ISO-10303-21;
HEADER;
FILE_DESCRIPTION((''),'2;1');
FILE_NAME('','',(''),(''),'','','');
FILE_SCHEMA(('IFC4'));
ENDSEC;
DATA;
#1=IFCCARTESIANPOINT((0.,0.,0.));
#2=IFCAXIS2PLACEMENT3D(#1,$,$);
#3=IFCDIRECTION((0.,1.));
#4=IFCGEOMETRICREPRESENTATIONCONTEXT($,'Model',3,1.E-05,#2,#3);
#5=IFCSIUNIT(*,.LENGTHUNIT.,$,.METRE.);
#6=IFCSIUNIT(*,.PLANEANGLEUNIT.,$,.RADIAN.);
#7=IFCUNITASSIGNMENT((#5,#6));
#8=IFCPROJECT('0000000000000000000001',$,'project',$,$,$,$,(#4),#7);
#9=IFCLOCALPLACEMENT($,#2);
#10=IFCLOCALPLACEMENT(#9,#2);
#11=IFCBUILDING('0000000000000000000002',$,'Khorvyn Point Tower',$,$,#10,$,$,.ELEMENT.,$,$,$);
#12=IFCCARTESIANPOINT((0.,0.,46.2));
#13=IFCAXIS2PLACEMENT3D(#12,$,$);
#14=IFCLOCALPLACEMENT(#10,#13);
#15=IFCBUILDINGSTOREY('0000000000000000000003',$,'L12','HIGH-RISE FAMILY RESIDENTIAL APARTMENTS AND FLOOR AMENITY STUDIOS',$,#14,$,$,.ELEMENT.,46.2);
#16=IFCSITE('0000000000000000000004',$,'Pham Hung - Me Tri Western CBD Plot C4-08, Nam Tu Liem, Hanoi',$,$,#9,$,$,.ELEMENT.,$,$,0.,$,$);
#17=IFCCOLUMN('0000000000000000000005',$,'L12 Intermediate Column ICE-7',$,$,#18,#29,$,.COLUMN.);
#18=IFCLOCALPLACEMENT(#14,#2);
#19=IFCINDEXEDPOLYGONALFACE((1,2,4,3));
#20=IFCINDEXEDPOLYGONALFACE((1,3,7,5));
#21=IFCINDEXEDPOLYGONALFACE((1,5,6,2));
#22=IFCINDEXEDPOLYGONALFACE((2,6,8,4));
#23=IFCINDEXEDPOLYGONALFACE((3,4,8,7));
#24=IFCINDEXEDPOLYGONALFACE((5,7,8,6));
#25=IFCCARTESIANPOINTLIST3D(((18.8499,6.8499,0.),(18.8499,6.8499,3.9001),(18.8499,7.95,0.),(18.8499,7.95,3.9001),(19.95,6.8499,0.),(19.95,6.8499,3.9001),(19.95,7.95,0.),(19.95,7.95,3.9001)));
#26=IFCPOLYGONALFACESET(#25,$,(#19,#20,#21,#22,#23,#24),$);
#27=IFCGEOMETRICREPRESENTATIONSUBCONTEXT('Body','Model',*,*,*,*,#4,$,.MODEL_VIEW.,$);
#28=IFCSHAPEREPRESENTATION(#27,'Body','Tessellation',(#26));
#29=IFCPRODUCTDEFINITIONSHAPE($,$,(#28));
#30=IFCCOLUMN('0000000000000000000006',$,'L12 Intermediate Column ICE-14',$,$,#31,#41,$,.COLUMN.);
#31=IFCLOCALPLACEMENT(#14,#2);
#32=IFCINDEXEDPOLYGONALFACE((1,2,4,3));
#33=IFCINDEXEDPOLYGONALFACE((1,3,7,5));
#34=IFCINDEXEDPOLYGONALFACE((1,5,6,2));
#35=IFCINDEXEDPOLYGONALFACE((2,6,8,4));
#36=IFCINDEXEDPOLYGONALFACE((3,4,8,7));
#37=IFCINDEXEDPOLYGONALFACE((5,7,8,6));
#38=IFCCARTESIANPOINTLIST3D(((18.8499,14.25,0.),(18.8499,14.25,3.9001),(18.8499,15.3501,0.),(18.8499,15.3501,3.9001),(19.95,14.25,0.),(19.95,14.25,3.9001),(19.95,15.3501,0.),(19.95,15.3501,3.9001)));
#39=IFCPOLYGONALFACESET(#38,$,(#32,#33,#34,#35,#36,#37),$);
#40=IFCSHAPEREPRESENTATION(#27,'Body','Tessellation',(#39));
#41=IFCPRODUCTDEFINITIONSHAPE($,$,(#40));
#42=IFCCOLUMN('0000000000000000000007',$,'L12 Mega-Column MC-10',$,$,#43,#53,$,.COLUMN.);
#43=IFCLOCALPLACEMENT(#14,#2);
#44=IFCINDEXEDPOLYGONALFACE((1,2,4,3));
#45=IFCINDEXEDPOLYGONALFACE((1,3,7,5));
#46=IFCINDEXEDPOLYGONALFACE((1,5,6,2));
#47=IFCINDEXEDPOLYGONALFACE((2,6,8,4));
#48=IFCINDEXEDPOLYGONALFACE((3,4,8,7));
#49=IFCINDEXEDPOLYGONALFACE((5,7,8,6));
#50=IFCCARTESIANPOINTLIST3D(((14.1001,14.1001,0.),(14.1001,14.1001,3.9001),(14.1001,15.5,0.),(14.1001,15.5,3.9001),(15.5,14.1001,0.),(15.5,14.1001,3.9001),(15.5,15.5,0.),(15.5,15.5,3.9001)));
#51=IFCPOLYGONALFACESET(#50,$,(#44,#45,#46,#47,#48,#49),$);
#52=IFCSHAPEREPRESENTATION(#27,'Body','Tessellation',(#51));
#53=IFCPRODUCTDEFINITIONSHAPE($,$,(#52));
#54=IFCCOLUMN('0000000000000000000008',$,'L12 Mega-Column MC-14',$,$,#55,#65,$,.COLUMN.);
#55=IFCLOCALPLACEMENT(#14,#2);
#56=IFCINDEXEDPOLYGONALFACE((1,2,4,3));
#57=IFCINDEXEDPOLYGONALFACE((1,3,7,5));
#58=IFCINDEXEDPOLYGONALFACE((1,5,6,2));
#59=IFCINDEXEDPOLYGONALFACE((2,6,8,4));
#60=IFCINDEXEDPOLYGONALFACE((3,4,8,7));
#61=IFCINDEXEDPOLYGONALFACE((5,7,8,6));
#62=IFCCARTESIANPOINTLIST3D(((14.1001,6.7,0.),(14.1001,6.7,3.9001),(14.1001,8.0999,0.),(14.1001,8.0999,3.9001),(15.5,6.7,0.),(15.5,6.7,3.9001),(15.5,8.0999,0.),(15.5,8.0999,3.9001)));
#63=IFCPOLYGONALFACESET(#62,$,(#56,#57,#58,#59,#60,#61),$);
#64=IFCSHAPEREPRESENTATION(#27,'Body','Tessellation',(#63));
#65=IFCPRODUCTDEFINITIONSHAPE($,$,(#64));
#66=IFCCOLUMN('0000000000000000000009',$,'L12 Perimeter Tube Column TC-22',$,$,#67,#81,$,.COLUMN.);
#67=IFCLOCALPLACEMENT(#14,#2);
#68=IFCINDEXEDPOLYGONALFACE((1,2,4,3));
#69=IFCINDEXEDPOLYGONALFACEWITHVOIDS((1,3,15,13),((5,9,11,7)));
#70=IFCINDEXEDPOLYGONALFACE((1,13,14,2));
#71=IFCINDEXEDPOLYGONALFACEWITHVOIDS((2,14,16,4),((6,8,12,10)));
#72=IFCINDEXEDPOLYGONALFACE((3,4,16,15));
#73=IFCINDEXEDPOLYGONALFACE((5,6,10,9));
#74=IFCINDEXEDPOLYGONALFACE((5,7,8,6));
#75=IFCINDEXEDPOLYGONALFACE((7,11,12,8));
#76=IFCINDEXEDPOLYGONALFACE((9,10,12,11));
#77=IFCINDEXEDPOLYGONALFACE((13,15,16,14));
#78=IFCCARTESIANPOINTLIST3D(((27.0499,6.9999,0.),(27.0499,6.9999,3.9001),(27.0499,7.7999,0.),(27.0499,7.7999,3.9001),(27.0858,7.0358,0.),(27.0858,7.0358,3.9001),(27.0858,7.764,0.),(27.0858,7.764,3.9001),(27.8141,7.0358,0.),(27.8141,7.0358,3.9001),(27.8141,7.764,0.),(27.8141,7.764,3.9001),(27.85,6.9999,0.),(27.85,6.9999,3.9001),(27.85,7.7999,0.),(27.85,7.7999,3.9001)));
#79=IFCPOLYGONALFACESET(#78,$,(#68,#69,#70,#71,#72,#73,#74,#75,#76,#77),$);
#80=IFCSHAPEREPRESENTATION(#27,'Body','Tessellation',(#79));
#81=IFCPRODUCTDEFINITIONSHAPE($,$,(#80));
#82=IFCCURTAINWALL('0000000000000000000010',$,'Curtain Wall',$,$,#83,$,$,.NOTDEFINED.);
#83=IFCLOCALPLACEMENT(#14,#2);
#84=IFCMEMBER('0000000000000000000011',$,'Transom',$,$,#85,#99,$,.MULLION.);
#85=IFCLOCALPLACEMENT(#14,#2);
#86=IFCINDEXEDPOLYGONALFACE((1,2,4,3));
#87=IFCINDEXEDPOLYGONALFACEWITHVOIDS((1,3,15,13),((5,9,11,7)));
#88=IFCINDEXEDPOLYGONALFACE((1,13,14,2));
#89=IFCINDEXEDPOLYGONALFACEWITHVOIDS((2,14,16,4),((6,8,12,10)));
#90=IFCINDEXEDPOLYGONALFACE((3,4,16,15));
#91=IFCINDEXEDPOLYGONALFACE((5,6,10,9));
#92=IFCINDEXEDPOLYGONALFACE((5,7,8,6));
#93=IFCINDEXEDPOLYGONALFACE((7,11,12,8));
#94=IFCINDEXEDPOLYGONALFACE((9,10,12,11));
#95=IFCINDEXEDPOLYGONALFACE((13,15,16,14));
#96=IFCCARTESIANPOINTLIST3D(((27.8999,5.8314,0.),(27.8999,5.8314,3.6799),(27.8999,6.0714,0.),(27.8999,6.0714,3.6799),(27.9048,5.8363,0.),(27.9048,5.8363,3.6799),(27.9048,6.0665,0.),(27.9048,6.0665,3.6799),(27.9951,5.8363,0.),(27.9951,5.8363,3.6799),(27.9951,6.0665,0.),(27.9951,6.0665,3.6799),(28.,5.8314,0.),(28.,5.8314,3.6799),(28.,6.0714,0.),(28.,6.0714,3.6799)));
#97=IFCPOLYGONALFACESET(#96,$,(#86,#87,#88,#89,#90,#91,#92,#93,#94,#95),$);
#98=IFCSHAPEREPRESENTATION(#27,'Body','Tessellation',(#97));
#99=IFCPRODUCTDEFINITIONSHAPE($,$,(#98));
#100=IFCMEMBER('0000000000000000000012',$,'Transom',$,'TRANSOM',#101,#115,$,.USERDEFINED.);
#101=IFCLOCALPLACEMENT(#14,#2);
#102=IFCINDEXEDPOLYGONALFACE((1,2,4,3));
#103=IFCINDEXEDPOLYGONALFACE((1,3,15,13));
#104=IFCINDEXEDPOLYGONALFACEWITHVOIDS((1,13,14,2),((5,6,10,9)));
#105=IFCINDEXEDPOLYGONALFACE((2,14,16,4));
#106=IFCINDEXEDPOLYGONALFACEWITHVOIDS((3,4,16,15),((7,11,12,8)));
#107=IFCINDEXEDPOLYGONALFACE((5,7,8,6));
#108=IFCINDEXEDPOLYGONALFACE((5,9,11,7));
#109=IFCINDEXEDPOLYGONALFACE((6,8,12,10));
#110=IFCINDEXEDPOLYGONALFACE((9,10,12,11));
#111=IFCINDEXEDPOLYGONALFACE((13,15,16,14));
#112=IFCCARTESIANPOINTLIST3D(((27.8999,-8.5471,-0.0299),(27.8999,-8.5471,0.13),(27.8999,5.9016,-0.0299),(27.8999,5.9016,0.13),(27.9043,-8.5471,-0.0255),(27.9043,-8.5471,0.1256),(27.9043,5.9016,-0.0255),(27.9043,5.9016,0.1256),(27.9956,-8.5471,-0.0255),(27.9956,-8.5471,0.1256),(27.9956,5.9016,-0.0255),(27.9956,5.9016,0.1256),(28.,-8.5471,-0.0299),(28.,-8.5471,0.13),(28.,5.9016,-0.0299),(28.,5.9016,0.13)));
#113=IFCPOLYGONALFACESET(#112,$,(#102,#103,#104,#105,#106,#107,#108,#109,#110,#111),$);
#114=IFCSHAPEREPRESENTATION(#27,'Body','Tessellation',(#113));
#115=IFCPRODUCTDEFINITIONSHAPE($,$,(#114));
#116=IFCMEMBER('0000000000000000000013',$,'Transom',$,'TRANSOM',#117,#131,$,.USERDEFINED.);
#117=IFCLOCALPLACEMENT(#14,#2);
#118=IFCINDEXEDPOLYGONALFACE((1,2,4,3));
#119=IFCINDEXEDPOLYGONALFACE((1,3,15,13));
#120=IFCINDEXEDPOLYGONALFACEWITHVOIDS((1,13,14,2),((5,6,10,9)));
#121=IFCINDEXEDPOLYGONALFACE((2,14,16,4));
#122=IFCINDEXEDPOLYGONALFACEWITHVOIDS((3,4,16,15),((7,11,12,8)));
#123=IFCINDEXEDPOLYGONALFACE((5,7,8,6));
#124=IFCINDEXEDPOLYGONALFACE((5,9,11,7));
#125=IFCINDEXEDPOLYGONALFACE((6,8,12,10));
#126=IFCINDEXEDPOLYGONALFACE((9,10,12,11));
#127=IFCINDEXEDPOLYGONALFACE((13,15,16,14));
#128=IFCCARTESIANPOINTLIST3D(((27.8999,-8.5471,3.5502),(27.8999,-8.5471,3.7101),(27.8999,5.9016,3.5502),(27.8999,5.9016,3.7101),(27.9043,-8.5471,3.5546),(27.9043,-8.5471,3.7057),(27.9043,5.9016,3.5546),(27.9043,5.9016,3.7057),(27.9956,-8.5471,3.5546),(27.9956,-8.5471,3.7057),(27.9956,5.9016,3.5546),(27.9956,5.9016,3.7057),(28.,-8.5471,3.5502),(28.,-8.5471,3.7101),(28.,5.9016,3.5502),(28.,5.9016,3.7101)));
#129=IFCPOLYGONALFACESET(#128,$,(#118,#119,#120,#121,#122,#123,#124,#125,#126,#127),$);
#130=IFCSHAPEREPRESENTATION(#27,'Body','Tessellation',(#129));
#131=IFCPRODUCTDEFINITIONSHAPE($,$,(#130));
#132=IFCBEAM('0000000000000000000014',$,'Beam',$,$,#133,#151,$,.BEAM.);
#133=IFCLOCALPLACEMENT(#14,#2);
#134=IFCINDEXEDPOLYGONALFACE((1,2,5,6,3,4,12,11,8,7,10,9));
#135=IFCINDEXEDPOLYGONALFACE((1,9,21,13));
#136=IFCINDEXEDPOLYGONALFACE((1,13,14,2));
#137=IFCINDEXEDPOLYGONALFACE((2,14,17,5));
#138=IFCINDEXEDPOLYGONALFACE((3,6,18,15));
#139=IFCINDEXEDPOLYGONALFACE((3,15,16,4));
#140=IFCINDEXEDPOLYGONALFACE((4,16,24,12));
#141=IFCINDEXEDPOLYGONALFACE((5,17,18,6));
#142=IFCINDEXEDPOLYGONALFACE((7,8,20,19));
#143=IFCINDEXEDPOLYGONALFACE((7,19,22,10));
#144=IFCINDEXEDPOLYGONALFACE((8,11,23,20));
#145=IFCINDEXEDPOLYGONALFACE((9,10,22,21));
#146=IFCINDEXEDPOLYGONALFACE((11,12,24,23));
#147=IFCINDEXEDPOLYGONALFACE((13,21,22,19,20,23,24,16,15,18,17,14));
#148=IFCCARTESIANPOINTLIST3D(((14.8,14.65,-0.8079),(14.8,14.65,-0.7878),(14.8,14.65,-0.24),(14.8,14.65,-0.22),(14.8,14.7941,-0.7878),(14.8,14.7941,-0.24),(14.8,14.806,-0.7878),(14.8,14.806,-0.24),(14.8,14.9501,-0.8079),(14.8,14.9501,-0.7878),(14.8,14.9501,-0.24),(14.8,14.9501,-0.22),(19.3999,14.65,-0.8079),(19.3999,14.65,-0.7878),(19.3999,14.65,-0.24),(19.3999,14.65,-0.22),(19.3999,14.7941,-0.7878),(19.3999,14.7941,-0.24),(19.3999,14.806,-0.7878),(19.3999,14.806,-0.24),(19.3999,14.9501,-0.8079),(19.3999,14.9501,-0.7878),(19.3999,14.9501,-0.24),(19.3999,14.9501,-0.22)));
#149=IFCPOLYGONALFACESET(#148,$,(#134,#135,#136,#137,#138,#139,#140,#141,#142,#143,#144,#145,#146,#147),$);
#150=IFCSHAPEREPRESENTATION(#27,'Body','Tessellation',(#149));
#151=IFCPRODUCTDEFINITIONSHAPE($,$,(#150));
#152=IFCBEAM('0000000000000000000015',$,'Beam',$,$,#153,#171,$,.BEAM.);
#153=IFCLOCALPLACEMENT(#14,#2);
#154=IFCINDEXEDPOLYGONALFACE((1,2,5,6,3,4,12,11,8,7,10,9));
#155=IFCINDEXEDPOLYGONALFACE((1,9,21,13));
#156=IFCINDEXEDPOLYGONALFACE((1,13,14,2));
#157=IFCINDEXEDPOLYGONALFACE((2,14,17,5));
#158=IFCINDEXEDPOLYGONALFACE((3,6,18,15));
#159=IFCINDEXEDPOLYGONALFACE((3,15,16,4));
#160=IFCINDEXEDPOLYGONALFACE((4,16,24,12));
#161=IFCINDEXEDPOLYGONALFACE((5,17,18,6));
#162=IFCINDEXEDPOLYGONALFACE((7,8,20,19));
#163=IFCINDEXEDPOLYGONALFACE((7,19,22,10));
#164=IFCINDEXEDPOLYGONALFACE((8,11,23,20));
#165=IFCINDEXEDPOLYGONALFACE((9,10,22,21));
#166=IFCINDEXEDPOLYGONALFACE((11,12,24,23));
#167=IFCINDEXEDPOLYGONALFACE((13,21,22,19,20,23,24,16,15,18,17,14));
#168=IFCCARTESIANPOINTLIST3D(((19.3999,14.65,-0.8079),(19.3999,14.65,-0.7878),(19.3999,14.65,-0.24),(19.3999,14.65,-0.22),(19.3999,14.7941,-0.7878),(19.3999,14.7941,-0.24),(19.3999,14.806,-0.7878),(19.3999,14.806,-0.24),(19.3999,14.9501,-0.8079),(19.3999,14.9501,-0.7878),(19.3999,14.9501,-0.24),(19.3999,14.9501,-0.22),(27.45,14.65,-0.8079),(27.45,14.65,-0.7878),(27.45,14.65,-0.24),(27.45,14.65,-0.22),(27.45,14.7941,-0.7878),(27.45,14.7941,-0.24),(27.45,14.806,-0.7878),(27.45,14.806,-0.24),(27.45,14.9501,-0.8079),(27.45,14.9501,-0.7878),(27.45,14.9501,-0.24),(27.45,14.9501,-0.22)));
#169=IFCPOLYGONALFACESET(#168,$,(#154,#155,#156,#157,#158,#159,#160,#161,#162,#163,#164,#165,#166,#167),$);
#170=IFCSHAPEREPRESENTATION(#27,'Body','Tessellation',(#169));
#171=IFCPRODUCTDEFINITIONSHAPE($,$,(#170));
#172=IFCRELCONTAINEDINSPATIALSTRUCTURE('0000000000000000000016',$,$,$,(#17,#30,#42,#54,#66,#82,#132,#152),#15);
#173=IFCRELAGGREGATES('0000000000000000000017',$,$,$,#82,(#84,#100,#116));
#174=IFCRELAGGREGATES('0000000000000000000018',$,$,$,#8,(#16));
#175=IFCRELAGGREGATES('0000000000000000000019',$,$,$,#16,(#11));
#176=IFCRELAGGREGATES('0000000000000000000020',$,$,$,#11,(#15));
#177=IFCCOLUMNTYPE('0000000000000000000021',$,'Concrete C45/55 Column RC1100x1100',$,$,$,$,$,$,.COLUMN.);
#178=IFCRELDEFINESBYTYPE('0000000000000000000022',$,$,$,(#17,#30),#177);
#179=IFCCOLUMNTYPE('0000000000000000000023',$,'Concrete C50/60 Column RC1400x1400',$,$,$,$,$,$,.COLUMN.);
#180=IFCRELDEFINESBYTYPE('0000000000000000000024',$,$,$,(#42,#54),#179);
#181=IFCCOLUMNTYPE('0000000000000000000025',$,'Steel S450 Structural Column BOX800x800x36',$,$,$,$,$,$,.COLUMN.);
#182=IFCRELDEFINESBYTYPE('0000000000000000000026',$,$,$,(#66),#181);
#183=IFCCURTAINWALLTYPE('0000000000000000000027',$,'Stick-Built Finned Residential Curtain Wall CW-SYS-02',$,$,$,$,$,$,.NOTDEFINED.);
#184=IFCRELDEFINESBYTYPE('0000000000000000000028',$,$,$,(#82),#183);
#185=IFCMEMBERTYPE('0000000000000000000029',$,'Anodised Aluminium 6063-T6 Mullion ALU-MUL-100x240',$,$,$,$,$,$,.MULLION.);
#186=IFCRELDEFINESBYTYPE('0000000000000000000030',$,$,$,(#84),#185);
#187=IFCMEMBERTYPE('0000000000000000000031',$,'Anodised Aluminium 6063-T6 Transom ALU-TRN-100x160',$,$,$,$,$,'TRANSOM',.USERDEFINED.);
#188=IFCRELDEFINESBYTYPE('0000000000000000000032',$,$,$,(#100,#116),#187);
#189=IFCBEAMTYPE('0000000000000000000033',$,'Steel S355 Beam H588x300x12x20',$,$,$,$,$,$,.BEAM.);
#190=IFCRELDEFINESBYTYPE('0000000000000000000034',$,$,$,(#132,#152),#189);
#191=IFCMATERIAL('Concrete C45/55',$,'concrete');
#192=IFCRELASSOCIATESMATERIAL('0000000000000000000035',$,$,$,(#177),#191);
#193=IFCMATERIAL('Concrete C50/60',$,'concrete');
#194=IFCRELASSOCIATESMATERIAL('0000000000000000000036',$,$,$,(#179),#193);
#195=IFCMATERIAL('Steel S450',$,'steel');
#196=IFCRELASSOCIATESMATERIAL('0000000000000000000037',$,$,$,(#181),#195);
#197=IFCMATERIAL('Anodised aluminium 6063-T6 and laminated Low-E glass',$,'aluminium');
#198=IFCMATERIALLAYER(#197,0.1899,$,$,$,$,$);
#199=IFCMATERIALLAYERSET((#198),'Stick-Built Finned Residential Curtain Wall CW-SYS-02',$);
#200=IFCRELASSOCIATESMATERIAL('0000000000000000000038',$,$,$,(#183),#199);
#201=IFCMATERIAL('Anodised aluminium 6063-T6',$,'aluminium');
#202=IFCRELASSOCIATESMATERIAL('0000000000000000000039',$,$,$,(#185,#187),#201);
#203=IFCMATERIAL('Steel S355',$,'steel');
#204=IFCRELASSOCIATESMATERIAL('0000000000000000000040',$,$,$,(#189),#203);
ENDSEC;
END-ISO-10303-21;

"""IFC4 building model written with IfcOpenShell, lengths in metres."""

from ifc_helpers import new_model, si_unit, direction, frame, origin, origin_2d, place, context, subcontext, project, spatial, rectangle, hollow_rectangle, i_section, extrude, material, layer, layer_set, material_profile, profile_set, type_object, element, aggregate, save


model = new_model("IFC4")

# Units and contexts
model_context = context("Model", 3, precision=1e-05, world=origin(), true_north=direction((0.0, 1.0)))
body_context = subcontext(model_context, "Body", "Model", "MODEL_VIEW")
ifc_project = project(units=[si_unit("LENGTHUNIT", "METRE"), si_unit("PLANEANGLEUNIT", "RADIAN")], contexts=[model_context])

# Site, building, storey
site_placement = place(None, origin())
site = spatial("IfcSite", under=ifc_project, at=site_placement, Name="Pham Hung - Me Tri Western CBD Plot C4-08, Nam Tu Liem, Hanoi", CompositionType="ELEMENT", RefElevation=0.0)
building_placement = place(site_placement, origin())
building = spatial("IfcBuilding", under=site, at=building_placement, Name="Khorvyn Point Tower", CompositionType="ELEMENT")
storey_placement = place(building_placement, frame((0.0, 0.0, 46.2)))
storey = spatial("IfcBuildingStorey", under=building, at=storey_placement, Name="L12", Description="HIGH-RISE FAMILY RESIDENTIAL APARTMENTS AND FLOOR AMENITY STUDIOS", CompositionType="ELEMENT", Elevation=46.2)

# Columns
ifc_material_1 = material(Name="Concrete C45/55", Category="concrete")
ifc_material_profile_1 = material_profile(ifc_material_1, rectangle(XDim=1.1001, YDim=1.1001, at=origin_2d()))
ifc_profile_set_1 = profile_set([ifc_material_profile_1], Name="Concrete C45/55 RC1100x1100")
column_type_1 = type_object("IfcColumnType", Name="Concrete C45/55 Column RC1100x1100", PredefinedType="COLUMN", material=ifc_profile_set_1)
for number, where, z_axis, x_axis, name in (
    (1, (19.3999, 7.3999, 0.0), (0.0, 0.0, 1.0), (1.0, 0.0, 0.0), "L12 Intermediate Column ICE-7"),
    (2, (19.3999, 14.8, 0.0), (0.0, 0.0, 1.0), (1.0, 0.0, 0.0), "L12 Intermediate Column ICE-14"),
):
    element("IfcColumn", number, at=place(storey_placement, frame(where, z_axis=z_axis, x_axis=x_axis)), inside=storey, type_object=column_type_1, Name=name, PredefinedType="COLUMN", context=body_context, shape_type="SweptSolid", body=[
        extrude(rectangle(XDim=1.1001, YDim=1.1001, at=origin_2d()), origin(), (0.0, 0.0, 1.0), 3.9001),
    ])
ifc_material_2 = material(Name="Concrete C50/60", Category="concrete")
ifc_material_profile_2 = material_profile(ifc_material_2, rectangle(XDim=1.3999, YDim=1.3999, at=origin_2d()))
ifc_profile_set_2 = profile_set([ifc_material_profile_2], Name="Concrete C50/60 RC1400x1400")
column_type_2 = type_object("IfcColumnType", Name="Concrete C50/60 Column RC1400x1400", PredefinedType="COLUMN", material=ifc_profile_set_2)
for number, where, z_axis, x_axis, name in (
    (3, (14.8, 14.8, 0.0), (0.0, 0.0, 1.0), (1.0, 0.0, 0.0), "L12 Mega-Column MC-10"),
    (4, (14.8, 7.3999, 0.0), (0.0, 0.0, 1.0), (1.0, 0.0, 0.0), "L12 Mega-Column MC-14"),
):
    element("IfcColumn", number, at=place(storey_placement, frame(where, z_axis=z_axis, x_axis=x_axis)), inside=storey, type_object=column_type_2, Name=name, PredefinedType="COLUMN", context=body_context, shape_type="SweptSolid", body=[
        extrude(rectangle(XDim=1.3999, YDim=1.3999, at=origin_2d()), origin(), (0.0, 0.0, 1.0), 3.9001),
    ])
ifc_material_3 = material(Name="Steel S450", Category="steel")
ifc_material_profile_3 = material_profile(ifc_material_3, hollow_rectangle(XDim=0.8, YDim=0.8, WallThickness=0.0359, at=origin_2d()))
ifc_profile_set_3 = profile_set([ifc_material_profile_3], Name="Steel S450 BOX800x800x36")
column_type_3 = type_object("IfcColumnType", Name="Steel S450 Structural Column BOX800x800x36", PredefinedType="COLUMN", material=ifc_profile_set_3)
column_placement = place(storey_placement, frame((27.45, 7.3999, 0.0), z_axis=(0.0, 0.0, 1.0), x_axis=(1.0, 0.0, 0.0)))
element("IfcColumn", 5, at=column_placement, inside=storey, type_object=column_type_3, Name="L12 Perimeter Tube Column TC-22", PredefinedType="COLUMN", context=body_context, shape_type="SweptSolid", body=[
    extrude(hollow_rectangle(XDim=0.8, YDim=0.8, WallThickness=0.0359, at=origin_2d()), origin(), (0.0, 0.0, 1.0), 3.9001),
])

# Curtain wall, members
ifc_material_4 = material(Name="Anodised aluminium 6063-T6 and laminated Low-E glass", Category="aluminium")
ifc_layer_1 = layer(ifc_material_4, 0.1899)
ifc_layer_set_1 = layer_set([ifc_layer_1], Name="Stick-Built Finned Residential Curtain Wall CW-SYS-02")
curtain_wall_type = type_object("IfcCurtainWallType", Name="Stick-Built Finned Residential Curtain Wall CW-SYS-02", PredefinedType="NOTDEFINED", material=ifc_layer_set_1)
curtain_wall_placement = place(storey_placement, origin())
curtain_wall = element("IfcCurtainWall", 6, at=curtain_wall_placement, inside=storey, type_object=curtain_wall_type, Name="Curtain Wall", PredefinedType="NOTDEFINED")
ifc_material_5 = material(Name="Anodised aluminium 6063-T6", Category="aluminium")
ifc_material_profile_4 = material_profile(ifc_material_5, hollow_rectangle(XDim=0.1001, YDim=0.24, WallThickness=0.0049, at=origin_2d()))
ifc_profile_set_4 = profile_set([ifc_material_profile_4], Name="Anodised aluminium 6063-T6 ALU-MUL-100x240")
member_type_1 = type_object("IfcMemberType", Name="Anodised Aluminium 6063-T6 Mullion ALU-MUL-100x240", PredefinedType="MULLION", material=ifc_profile_set_4)
member_1_placement = place(storey_placement, frame((27.95, 5.9514, 0.0), z_axis=(0.0, 0.0, 1.0), x_axis=(1.0, 0.0, 0.0)))
member_1 = element("IfcMember", 7, at=member_1_placement, type_object=member_type_1, Name="Transom", PredefinedType="MULLION", context=body_context, shape_type="SweptSolid", body=[
    extrude(hollow_rectangle(XDim=0.1001, YDim=0.24, WallThickness=0.0049, at=origin_2d()), origin(), (0.0, 0.0, 1.0), 3.6799),
])
ifc_material_profile_5 = material_profile(ifc_material_5, hollow_rectangle(XDim=0.1001, YDim=0.1599, WallThickness=0.0044, at=origin_2d()))
ifc_profile_set_5 = profile_set([ifc_material_profile_5], Name="Anodised aluminium 6063-T6 ALU-TRN-100x160")
member_type_2 = type_object("IfcMemberType", Name="Anodised Aluminium 6063-T6 Transom ALU-TRN-100x160", ElementType="TRANSOM", PredefinedType="USERDEFINED", material=ifc_profile_set_5)
member_2_placement = place(storey_placement, frame((27.95, 5.9016, 0.05), z_axis=(0.0, -1.0, 0.0), x_axis=(1.0, 0.0, 0.0)))
member_2 = element("IfcMember", 8, at=member_2_placement, type_object=member_type_2, Name="Transom", ObjectType="TRANSOM", PredefinedType="USERDEFINED", context=body_context, shape_type="SweptSolid", body=[
    extrude(hollow_rectangle(XDim=0.1001, YDim=0.1599, WallThickness=0.0044, at=origin_2d()), origin(), (0.0, 0.0, 1.0), 14.4487),
])
member_3_placement = place(storey_placement, frame((27.95, 5.9016, 3.6301), z_axis=(0.0, -1.0, 0.0), x_axis=(1.0, 0.0, 0.0)))
member_3 = element("IfcMember", 9, at=member_3_placement, type_object=member_type_2, Name="Transom", ObjectType="TRANSOM", PredefinedType="USERDEFINED", context=body_context, shape_type="SweptSolid", body=[
    extrude(hollow_rectangle(XDim=0.1001, YDim=0.1599, WallThickness=0.0044, at=origin_2d()), origin(), (0.0, 0.0, 1.0), 14.4487),
])

# Beams
ifc_material_6 = material(Name="Steel S355", Category="steel")
ifc_material_profile_6 = material_profile(ifc_material_6, i_section(OverallWidth=0.3, OverallDepth=0.5879, WebThickness=0.012, FlangeThickness=0.02, at=origin_2d()))
ifc_profile_set_6 = profile_set([ifc_material_profile_6], Name="Steel S355 H588x300x12x20")
beam_type_1 = type_object("IfcBeamType", Name="Steel S355 Beam H588x300x12x20", PredefinedType="BEAM", material=ifc_profile_set_6)
beam_1_placement = place(storey_placement, frame((14.8, 14.8, -0.5139), z_axis=(1.0, 0.0, 0.0), x_axis=(0.0, 1.0, 0.0)))
element("IfcBeam", 10, at=beam_1_placement, inside=storey, type_object=beam_type_1, Name="Beam", PredefinedType="BEAM", context=body_context, shape_type="SweptSolid", body=[
    extrude(i_section(OverallWidth=0.3, OverallDepth=0.5879, WebThickness=0.012, FlangeThickness=0.02, at=origin_2d()), origin(), (0.0, 0.0, 1.0), 4.5999),
])
beam_2_placement = place(storey_placement, frame((19.3999, 14.8, -0.5139), z_axis=(1.0, 0.0, 0.0), x_axis=(0.0, 1.0, 0.0)))
element("IfcBeam", 11, at=beam_2_placement, inside=storey, type_object=beam_type_1, Name="Beam", PredefinedType="BEAM", context=body_context, shape_type="SweptSolid", body=[
    extrude(i_section(OverallWidth=0.3, OverallDepth=0.5879, WebThickness=0.012, FlangeThickness=0.02, at=origin_2d()), origin(), (0.0, 0.0, 1.0), 8.05),
])

aggregate(curtain_wall, [member_1, member_2, member_3])

save(model, "model.ifc")
